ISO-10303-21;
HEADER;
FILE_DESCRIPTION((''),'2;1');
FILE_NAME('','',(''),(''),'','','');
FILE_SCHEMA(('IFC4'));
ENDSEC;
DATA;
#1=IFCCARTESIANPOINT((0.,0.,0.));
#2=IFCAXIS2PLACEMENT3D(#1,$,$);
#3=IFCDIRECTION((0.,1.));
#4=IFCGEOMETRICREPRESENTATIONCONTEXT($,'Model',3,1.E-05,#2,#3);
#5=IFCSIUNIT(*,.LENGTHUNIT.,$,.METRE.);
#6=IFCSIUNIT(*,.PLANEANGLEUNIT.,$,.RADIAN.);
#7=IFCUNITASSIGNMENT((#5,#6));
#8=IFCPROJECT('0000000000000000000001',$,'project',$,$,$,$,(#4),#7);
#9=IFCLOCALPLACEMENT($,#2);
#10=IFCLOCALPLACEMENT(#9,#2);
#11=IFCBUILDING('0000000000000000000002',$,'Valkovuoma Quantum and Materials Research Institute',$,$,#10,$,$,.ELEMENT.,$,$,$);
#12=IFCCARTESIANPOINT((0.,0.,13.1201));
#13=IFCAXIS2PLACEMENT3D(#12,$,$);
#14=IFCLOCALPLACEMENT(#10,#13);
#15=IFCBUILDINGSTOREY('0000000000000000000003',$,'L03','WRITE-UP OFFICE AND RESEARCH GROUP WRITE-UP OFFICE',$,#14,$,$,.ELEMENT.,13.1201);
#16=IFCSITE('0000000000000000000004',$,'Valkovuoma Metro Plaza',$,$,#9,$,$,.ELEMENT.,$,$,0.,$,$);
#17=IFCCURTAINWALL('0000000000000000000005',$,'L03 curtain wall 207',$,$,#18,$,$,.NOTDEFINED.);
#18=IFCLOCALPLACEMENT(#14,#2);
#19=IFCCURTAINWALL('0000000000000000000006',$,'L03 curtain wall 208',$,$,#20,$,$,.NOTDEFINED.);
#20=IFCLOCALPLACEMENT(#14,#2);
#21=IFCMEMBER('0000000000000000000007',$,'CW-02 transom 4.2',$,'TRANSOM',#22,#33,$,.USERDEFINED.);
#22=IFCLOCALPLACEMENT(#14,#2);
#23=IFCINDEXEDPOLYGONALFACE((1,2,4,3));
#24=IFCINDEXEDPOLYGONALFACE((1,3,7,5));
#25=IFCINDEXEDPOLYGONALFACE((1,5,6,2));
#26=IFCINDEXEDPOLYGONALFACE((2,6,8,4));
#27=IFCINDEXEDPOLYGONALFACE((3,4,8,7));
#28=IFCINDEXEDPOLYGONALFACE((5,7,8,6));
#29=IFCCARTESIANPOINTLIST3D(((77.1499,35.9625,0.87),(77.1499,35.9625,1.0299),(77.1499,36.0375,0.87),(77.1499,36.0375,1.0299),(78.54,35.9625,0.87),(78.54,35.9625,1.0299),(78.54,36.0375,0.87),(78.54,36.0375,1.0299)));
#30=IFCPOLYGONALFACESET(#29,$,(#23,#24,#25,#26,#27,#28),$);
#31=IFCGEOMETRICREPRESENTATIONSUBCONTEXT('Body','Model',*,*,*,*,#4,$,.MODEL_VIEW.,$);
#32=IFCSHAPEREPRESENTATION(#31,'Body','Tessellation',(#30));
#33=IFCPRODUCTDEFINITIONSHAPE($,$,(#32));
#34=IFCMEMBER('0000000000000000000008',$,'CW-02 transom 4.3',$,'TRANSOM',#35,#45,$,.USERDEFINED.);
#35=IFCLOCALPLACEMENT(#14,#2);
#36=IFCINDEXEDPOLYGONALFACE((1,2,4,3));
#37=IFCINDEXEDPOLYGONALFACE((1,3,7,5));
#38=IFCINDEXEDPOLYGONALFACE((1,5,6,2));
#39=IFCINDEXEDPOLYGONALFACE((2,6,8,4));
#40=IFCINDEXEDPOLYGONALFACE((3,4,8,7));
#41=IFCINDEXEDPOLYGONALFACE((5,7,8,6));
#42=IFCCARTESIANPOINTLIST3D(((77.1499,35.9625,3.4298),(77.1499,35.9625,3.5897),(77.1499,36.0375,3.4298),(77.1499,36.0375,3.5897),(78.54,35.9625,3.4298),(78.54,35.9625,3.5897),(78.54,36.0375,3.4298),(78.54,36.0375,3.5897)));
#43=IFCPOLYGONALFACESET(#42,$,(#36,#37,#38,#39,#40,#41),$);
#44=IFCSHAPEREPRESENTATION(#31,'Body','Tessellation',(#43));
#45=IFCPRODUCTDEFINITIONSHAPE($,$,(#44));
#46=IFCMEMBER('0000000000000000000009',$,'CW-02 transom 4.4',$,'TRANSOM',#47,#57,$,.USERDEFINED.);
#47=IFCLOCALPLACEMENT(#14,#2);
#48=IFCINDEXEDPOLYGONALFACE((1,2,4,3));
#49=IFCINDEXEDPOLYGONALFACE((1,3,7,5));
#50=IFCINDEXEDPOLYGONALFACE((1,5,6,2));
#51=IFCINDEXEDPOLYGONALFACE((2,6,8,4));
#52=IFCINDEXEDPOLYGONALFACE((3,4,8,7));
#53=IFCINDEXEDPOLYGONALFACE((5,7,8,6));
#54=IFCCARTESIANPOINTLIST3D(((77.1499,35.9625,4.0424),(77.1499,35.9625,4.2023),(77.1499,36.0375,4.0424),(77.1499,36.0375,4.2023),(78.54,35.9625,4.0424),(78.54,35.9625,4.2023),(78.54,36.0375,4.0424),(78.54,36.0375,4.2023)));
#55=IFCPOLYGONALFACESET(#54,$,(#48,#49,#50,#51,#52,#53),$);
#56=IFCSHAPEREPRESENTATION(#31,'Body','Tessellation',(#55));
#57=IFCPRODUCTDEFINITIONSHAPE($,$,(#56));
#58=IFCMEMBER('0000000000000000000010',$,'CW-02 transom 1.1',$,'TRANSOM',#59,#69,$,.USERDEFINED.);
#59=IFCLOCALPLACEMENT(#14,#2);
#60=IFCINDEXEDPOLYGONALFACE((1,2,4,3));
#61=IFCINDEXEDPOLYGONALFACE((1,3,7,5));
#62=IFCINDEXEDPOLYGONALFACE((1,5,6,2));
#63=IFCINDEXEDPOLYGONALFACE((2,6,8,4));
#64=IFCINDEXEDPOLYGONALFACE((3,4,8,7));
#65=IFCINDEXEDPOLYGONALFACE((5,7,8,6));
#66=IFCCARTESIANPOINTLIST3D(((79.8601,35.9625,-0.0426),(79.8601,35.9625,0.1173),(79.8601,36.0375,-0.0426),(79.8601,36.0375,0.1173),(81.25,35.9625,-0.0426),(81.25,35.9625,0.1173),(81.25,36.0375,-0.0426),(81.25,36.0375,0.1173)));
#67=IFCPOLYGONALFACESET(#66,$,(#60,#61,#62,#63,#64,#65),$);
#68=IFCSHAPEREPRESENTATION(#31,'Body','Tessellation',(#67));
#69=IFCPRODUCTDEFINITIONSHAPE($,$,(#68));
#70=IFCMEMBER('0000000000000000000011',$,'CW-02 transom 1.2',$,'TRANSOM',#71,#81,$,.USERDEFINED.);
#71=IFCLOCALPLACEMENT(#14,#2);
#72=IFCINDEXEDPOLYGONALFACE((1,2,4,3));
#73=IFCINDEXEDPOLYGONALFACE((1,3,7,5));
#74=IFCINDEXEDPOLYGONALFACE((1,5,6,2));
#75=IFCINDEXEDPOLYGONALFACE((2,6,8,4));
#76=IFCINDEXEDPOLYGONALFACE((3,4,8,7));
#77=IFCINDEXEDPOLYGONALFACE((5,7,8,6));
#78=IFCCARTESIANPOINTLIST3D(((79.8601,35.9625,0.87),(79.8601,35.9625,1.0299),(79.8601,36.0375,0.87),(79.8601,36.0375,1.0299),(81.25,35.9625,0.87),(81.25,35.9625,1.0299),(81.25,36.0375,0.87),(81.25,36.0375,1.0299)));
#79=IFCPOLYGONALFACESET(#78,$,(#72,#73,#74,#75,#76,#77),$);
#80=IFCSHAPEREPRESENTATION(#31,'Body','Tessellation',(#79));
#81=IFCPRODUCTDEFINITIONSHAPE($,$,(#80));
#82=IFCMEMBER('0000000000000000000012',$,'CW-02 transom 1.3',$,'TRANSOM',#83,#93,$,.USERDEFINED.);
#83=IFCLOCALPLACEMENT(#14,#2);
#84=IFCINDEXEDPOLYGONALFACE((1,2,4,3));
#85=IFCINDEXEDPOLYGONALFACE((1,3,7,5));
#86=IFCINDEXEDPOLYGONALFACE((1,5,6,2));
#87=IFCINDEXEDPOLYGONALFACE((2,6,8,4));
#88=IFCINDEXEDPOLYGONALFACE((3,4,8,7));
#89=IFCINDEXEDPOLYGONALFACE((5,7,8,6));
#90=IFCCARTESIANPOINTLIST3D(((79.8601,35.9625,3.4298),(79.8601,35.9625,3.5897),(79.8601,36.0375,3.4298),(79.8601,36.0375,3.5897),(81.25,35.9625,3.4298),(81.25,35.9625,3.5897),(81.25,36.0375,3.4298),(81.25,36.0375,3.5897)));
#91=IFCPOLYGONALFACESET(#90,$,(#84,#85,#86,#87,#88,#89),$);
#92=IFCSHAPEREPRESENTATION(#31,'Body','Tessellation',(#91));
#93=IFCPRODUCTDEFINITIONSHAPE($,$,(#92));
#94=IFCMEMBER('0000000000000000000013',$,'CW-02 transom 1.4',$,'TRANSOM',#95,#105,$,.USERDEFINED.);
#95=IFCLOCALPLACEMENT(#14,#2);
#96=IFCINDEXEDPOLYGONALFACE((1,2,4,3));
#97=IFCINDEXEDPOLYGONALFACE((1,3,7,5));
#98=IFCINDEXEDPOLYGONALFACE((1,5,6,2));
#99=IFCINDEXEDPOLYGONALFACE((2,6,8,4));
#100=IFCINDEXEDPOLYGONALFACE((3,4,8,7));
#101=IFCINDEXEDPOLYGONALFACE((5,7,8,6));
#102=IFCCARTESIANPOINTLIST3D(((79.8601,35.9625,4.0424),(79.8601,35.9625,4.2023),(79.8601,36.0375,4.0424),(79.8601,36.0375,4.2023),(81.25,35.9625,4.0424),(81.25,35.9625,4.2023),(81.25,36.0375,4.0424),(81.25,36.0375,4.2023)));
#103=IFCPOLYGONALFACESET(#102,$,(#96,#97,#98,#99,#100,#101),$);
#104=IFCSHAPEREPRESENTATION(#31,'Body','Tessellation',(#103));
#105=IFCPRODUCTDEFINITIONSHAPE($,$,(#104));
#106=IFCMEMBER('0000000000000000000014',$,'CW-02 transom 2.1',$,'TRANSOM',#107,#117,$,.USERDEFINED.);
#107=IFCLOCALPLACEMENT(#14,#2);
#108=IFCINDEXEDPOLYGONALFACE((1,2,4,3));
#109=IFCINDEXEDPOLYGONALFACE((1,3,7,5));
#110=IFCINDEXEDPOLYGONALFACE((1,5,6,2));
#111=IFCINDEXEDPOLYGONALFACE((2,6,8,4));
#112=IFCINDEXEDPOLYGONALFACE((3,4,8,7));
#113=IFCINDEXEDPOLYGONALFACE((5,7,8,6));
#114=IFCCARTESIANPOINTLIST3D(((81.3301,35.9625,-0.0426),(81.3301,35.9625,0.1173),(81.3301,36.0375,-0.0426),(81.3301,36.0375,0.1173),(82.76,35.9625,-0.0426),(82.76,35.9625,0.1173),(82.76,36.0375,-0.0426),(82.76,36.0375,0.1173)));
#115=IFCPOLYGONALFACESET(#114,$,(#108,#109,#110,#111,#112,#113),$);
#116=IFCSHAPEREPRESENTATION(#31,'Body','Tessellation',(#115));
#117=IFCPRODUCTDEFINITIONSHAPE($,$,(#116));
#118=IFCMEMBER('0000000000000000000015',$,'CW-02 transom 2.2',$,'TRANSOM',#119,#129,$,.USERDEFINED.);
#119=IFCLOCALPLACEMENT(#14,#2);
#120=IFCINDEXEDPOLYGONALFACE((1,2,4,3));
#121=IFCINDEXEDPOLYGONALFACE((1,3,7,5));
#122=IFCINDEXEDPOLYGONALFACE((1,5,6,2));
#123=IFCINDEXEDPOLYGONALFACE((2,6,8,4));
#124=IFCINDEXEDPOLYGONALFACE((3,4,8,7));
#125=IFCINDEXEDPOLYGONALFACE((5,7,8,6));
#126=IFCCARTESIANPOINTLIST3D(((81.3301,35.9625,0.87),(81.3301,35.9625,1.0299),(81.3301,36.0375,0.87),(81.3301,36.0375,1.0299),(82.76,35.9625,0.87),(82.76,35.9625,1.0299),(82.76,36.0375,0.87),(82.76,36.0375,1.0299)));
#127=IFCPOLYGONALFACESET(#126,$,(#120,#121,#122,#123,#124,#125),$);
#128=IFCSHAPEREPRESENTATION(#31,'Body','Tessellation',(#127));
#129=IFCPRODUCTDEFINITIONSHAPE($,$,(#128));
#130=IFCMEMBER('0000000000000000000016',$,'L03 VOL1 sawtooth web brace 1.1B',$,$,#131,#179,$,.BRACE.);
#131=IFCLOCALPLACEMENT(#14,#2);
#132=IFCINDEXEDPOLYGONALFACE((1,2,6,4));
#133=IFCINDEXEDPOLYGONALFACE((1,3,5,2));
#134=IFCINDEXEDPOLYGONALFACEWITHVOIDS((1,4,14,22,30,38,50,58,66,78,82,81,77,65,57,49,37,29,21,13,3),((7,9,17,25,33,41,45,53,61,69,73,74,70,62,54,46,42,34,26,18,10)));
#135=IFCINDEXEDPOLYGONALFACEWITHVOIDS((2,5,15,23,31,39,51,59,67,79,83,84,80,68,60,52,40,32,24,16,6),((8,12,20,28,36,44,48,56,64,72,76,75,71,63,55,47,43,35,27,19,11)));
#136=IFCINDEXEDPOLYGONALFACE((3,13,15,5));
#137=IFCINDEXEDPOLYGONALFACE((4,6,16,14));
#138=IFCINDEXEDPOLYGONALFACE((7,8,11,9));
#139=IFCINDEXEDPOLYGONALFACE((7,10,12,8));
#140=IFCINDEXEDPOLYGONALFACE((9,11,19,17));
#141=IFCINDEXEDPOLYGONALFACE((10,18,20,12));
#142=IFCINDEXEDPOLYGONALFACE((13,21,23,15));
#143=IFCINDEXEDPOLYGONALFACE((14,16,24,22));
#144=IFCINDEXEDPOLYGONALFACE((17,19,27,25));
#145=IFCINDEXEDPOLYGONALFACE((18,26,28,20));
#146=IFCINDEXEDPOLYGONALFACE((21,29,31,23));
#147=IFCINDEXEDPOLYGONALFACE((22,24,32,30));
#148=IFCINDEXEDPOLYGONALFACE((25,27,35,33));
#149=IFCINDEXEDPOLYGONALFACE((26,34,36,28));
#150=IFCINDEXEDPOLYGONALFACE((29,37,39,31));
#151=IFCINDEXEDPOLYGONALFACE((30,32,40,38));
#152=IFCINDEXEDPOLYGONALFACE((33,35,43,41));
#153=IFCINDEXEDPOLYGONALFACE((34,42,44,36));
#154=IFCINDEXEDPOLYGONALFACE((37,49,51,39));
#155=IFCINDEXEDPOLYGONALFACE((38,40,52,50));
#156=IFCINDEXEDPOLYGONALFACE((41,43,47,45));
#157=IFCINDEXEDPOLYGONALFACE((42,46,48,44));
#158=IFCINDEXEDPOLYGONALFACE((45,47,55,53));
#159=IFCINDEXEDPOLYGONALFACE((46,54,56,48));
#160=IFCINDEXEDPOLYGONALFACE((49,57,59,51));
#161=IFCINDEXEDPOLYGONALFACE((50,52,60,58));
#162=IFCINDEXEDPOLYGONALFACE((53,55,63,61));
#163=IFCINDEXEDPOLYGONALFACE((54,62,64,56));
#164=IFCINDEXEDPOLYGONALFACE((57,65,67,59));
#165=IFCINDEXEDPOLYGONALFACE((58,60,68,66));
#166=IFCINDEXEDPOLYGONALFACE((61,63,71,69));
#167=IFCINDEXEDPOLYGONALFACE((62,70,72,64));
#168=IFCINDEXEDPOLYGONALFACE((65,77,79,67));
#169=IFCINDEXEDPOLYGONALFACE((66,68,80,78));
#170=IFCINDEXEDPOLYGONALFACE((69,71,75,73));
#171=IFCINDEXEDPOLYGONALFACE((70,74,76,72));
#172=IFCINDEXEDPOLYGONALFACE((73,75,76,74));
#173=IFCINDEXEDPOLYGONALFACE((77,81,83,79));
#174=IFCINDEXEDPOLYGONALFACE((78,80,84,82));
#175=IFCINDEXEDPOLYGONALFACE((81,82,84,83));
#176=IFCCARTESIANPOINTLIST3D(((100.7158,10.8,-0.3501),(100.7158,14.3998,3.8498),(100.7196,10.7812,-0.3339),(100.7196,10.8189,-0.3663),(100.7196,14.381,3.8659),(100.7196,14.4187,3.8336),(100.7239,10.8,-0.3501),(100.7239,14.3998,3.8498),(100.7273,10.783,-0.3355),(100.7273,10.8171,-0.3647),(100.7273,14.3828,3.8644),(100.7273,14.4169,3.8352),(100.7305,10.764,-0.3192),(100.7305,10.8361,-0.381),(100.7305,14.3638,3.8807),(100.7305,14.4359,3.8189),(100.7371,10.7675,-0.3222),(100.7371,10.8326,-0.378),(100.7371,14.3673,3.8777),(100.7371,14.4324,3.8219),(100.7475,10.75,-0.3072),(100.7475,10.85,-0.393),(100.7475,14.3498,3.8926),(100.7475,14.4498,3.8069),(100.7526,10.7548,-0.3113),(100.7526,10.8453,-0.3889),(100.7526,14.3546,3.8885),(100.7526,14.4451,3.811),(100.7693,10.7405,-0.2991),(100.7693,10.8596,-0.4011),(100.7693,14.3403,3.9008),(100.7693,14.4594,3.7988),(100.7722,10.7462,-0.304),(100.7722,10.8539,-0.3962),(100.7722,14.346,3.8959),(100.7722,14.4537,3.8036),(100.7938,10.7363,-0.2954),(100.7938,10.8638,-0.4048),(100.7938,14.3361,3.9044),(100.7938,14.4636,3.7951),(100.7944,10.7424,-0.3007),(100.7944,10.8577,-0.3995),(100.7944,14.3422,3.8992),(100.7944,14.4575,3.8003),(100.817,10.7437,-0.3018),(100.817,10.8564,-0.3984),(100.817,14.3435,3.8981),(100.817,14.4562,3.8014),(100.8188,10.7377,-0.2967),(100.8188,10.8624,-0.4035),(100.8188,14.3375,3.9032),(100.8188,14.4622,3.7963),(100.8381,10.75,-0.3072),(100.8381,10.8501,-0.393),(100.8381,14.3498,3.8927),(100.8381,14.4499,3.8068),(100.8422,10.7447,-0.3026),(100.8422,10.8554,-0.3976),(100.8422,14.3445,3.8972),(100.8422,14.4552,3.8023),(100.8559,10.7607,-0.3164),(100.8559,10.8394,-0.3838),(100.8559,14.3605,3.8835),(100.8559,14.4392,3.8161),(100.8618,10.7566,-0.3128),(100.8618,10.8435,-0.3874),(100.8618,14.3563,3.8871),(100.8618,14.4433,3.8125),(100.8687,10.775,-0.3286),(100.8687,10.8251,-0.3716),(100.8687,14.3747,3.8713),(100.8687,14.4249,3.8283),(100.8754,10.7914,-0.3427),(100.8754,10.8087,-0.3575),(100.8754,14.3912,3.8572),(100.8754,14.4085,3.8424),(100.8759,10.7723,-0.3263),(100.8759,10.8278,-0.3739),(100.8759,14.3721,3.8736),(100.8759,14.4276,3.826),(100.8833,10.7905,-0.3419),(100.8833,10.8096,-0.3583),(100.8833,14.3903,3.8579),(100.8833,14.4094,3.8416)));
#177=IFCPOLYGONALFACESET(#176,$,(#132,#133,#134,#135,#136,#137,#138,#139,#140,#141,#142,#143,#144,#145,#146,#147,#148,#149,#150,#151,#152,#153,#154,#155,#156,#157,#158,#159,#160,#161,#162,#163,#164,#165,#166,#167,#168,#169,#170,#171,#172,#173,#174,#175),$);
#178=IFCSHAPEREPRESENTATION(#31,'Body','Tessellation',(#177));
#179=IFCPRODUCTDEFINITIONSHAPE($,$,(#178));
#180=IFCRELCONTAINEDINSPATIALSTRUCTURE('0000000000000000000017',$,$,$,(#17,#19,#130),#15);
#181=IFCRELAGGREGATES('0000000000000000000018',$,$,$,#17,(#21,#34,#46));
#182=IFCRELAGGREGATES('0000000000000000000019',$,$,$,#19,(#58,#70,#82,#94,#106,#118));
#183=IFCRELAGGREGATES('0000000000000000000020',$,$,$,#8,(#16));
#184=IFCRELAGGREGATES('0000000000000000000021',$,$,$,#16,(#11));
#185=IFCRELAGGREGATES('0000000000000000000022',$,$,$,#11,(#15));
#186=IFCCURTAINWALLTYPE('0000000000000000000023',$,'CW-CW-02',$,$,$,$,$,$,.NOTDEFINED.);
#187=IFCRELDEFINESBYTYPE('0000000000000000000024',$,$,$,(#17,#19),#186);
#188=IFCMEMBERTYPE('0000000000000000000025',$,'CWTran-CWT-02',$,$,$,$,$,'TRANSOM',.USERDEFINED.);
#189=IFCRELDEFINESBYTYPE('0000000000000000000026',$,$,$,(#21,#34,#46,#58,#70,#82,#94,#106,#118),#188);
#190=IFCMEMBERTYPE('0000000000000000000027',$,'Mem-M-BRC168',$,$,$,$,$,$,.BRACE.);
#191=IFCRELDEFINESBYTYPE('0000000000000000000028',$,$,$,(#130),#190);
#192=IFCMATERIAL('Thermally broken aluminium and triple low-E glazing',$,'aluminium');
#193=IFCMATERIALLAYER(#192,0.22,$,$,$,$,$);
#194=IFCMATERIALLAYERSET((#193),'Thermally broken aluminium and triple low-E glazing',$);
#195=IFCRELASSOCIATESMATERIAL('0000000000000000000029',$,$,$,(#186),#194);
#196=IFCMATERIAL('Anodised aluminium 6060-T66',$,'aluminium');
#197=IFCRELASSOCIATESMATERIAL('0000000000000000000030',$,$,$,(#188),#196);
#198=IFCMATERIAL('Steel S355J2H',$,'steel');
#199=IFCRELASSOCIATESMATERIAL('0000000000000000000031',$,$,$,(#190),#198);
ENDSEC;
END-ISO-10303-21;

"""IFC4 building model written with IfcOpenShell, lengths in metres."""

from ifc_helpers import new_model, si_unit, direction, frame, origin, origin_2d, place, context, subcontext, project, spatial, rectangle, hollow_circle, extrude, material, layer, layer_set, material_profile, profile_set, type_object, element, aggregate, save


model = new_model("IFC4")

# Units and contexts
model_context = context("Model", 3, precision=1e-05, world=origin(), true_north=direction((0.0, 1.0)))
body_context = subcontext(model_context, "Body", "Model", "MODEL_VIEW")
ifc_project = project(units=[si_unit("LENGTHUNIT", "METRE"), si_unit("PLANEANGLEUNIT", "RADIAN")], contexts=[model_context])

# Site, building, storey
site_placement = place(None, origin())
site = spatial("IfcSite", under=ifc_project, at=site_placement, Name="Valkovuoma Metro Plaza", CompositionType="ELEMENT", RefElevation=0.0)
building_placement = place(site_placement, origin())
building = spatial("IfcBuilding", under=site, at=building_placement, Name="Valkovuoma Quantum and Materials Research Institute", CompositionType="ELEMENT")
storey_placement = place(building_placement, frame((0.0, 0.0, 13.1201)))
storey = spatial("IfcBuildingStorey", under=building, at=storey_placement, Name="L03", Description="WRITE-UP OFFICE AND RESEARCH GROUP WRITE-UP OFFICE", CompositionType="ELEMENT", Elevation=13.1201)

# Curtain walls
ifc_material_1 = material(Name="Thermally broken aluminium and triple low-E glazing", Category="aluminium")
ifc_layer_1 = layer(ifc_material_1, 0.22)
ifc_layer_set_1 = layer_set([ifc_layer_1], Name="Thermally broken aluminium and triple low-E glazing")
curtain_wall_type = type_object("IfcCurtainWallType", Name="CW-CW-02", PredefinedType="NOTDEFINED", material=ifc_layer_set_1)
curtain_wall_1_placement = place(storey_placement, origin())
curtain_wall_1 = element("IfcCurtainWall", 1, at=curtain_wall_1_placement, inside=storey, type_object=curtain_wall_type, Name="L03 curtain wall 207", PredefinedType="NOTDEFINED")
curtain_wall_2_placement = place(storey_placement, origin())
curtain_wall_2 = element("IfcCurtainWall", 2, at=curtain_wall_2_placement, inside=storey, type_object=curtain_wall_type, Name="L03 curtain wall 208", PredefinedType="NOTDEFINED")

# Members
ifc_material_2 = material(Name="Anodised aluminium 6060-T66", Category="aluminium")
ifc_material_profile_1 = material_profile(ifc_material_2, rectangle(XDim=0.075, YDim=0.1599, at=origin_2d()), Name="Anodised aluminium 6060-T66")
ifc_profile_set_1 = profile_set([ifc_material_profile_1], Name="Anodised aluminium 6060-T66")
member_type_1 = type_object("IfcMemberType", Name="CWTran-CWT-02", ElementType="TRANSOM", PredefinedType="USERDEFINED", material=ifc_profile_set_1)
member_1_placement = place(storey_placement, frame((77.1499, 36.0, 0.95), z_axis=(1.0, 0.0, 0.0), x_axis=(0.0, 1.0, 0.0)))
member_1 = element("IfcMember", 3, at=member_1_placement, type_object=member_type_1, Name="CW-02 transom 4.2", ObjectType="TRANSOM", PredefinedType="USERDEFINED", context=body_context, shape_type="SweptSolid", body=[
    extrude(rectangle(XDim=0.075, YDim=0.1599, at=origin_2d()), origin(), (0.0, 0.0, 1.0), 1.3901),
])
member_2_placement = place(storey_placement, frame((77.1499, 36.0, 3.5098), z_axis=(1.0, 0.0, 0.0), x_axis=(0.0, 1.0, 0.0)))
member_2 = element("IfcMember", 4, at=member_2_placement, type_object=member_type_1, Name="CW-02 transom 4.3", ObjectType="TRANSOM", PredefinedType="USERDEFINED", context=body_context, shape_type="SweptSolid", body=[
    extrude(rectangle(XDim=0.075, YDim=0.1599, at=origin_2d()), origin(), (0.0, 0.0, 1.0), 1.3901),
])
member_3_placement = place(storey_placement, frame((77.1499, 36.0, 4.1223), z_axis=(1.0, 0.0, 0.0), x_axis=(0.0, 1.0, 0.0)))
member_3 = element("IfcMember", 5, at=member_3_placement, type_object=member_type_1, Name="CW-02 transom 4.4", ObjectType="TRANSOM", PredefinedType="USERDEFINED", context=body_context, shape_type="SweptSolid", body=[
    extrude(rectangle(XDim=0.075, YDim=0.1599, at=origin_2d()), origin(), (0.0, 0.0, 1.0), 1.3901),
])
member_4_placement = place(storey_placement, frame((79.8601, 36.0, 0.0374), z_axis=(1.0, 0.0, 0.0), x_axis=(0.0, 1.0, 0.0)))
member_4 = element("IfcMember", 6, at=member_4_placement, type_object=member_type_1, Name="CW-02 transom 1.1", ObjectType="TRANSOM", PredefinedType="USERDEFINED", context=body_context, shape_type="SweptSolid", body=[
    extrude(rectangle(XDim=0.075, YDim=0.1599, at=origin_2d()), origin(), (0.0, 0.0, 1.0), 1.3899),
])
member_5_placement = place(storey_placement, frame((79.8601, 36.0, 0.95), z_axis=(1.0, 0.0, 0.0), x_axis=(0.0, 1.0, 0.0)))
member_5 = element("IfcMember", 7, at=member_5_placement, type_object=member_type_1, Name="CW-02 transom 1.2", ObjectType="TRANSOM", PredefinedType="USERDEFINED", context=body_context, shape_type="SweptSolid", body=[
    extrude(rectangle(XDim=0.075, YDim=0.1599, at=origin_2d()), origin(), (0.0, 0.0, 1.0), 1.3899),
])
member_6_placement = place(storey_placement, frame((79.8601, 36.0, 3.5098), z_axis=(1.0, 0.0, 0.0), x_axis=(0.0, 1.0, 0.0)))
member_6 = element("IfcMember", 8, at=member_6_placement, type_object=member_type_1, Name="CW-02 transom 1.3", ObjectType="TRANSOM", PredefinedType="USERDEFINED", context=body_context, shape_type="SweptSolid", body=[
    extrude(rectangle(XDim=0.075, YDim=0.1599, at=origin_2d()), origin(), (0.0, 0.0, 1.0), 1.3899),
])
member_7_placement = place(storey_placement, frame((79.8601, 36.0, 4.1223), z_axis=(1.0, 0.0, 0.0), x_axis=(0.0, 1.0, 0.0)))
member_7 = element("IfcMember", 9, at=member_7_placement, type_object=member_type_1, Name="CW-02 transom 1.4", ObjectType="TRANSOM", PredefinedType="USERDEFINED", context=body_context, shape_type="SweptSolid", body=[
    extrude(rectangle(XDim=0.075, YDim=0.1599, at=origin_2d()), origin(), (0.0, 0.0, 1.0), 1.3899),
])
member_8_placement = place(storey_placement, frame((81.3301, 36.0, 0.0374), z_axis=(1.0, 0.0, 0.0), x_axis=(0.0, 1.0, 0.0)))
member_8 = element("IfcMember", 10, at=member_8_placement, type_object=member_type_1, Name="CW-02 transom 2.1", ObjectType="TRANSOM", PredefinedType="USERDEFINED", context=body_context, shape_type="SweptSolid", body=[
    extrude(rectangle(XDim=0.075, YDim=0.1599, at=origin_2d()), origin(), (0.0, 0.0, 1.0), 1.4299),
])
member_9_placement = place(storey_placement, frame((81.3301, 36.0, 0.95), z_axis=(1.0, 0.0, 0.0), x_axis=(0.0, 1.0, 0.0)))
member_9 = element("IfcMember", 11, at=member_9_placement, type_object=member_type_1, Name="CW-02 transom 2.2", ObjectType="TRANSOM", PredefinedType="USERDEFINED", context=body_context, shape_type="SweptSolid", body=[
    extrude(rectangle(XDim=0.075, YDim=0.1599, at=origin_2d()), origin(), (0.0, 0.0, 1.0), 1.4299),
])

# Member
ifc_material_3 = material(Name="Steel S355J2H", Category="steel")
ifc_material_profile_2 = material_profile(ifc_material_3, hollow_circle(Radius=0.0842, WallThickness=0.0081, at=origin_2d()), Name="Steel S355J2H")
ifc_profile_set_2 = profile_set([ifc_material_profile_2], Name="Steel S355J2H")
member_type_2 = type_object("IfcMemberType", Name="Mem-M-BRC168", PredefinedType="BRACE", material=ifc_profile_set_2)
member_10_placement = place(storey_placement, frame((100.8, 10.8, -0.3501), z_axis=(0.0, 0.65078, 0.759266), x_axis=(-1.0, 0.0, 0.0)))
element("IfcMember", 12, at=member_10_placement, inside=storey, type_object=member_type_2, Name="L03 VOL1 sawtooth web brace 1.1B", PredefinedType="BRACE", context=body_context, shape_type="SweptSolid", body=[
    extrude(hollow_circle(Radius=0.0842, WallThickness=0.0081, at=origin_2d()), origin(), (0.0, 0.0, 1.0), 5.5315),
])

aggregate(curtain_wall_1, [member_1, member_2, member_3])
aggregate(curtain_wall_2, [member_4, member_5, member_6, member_7, member_8, member_9])

save(model, "model.ifc")
